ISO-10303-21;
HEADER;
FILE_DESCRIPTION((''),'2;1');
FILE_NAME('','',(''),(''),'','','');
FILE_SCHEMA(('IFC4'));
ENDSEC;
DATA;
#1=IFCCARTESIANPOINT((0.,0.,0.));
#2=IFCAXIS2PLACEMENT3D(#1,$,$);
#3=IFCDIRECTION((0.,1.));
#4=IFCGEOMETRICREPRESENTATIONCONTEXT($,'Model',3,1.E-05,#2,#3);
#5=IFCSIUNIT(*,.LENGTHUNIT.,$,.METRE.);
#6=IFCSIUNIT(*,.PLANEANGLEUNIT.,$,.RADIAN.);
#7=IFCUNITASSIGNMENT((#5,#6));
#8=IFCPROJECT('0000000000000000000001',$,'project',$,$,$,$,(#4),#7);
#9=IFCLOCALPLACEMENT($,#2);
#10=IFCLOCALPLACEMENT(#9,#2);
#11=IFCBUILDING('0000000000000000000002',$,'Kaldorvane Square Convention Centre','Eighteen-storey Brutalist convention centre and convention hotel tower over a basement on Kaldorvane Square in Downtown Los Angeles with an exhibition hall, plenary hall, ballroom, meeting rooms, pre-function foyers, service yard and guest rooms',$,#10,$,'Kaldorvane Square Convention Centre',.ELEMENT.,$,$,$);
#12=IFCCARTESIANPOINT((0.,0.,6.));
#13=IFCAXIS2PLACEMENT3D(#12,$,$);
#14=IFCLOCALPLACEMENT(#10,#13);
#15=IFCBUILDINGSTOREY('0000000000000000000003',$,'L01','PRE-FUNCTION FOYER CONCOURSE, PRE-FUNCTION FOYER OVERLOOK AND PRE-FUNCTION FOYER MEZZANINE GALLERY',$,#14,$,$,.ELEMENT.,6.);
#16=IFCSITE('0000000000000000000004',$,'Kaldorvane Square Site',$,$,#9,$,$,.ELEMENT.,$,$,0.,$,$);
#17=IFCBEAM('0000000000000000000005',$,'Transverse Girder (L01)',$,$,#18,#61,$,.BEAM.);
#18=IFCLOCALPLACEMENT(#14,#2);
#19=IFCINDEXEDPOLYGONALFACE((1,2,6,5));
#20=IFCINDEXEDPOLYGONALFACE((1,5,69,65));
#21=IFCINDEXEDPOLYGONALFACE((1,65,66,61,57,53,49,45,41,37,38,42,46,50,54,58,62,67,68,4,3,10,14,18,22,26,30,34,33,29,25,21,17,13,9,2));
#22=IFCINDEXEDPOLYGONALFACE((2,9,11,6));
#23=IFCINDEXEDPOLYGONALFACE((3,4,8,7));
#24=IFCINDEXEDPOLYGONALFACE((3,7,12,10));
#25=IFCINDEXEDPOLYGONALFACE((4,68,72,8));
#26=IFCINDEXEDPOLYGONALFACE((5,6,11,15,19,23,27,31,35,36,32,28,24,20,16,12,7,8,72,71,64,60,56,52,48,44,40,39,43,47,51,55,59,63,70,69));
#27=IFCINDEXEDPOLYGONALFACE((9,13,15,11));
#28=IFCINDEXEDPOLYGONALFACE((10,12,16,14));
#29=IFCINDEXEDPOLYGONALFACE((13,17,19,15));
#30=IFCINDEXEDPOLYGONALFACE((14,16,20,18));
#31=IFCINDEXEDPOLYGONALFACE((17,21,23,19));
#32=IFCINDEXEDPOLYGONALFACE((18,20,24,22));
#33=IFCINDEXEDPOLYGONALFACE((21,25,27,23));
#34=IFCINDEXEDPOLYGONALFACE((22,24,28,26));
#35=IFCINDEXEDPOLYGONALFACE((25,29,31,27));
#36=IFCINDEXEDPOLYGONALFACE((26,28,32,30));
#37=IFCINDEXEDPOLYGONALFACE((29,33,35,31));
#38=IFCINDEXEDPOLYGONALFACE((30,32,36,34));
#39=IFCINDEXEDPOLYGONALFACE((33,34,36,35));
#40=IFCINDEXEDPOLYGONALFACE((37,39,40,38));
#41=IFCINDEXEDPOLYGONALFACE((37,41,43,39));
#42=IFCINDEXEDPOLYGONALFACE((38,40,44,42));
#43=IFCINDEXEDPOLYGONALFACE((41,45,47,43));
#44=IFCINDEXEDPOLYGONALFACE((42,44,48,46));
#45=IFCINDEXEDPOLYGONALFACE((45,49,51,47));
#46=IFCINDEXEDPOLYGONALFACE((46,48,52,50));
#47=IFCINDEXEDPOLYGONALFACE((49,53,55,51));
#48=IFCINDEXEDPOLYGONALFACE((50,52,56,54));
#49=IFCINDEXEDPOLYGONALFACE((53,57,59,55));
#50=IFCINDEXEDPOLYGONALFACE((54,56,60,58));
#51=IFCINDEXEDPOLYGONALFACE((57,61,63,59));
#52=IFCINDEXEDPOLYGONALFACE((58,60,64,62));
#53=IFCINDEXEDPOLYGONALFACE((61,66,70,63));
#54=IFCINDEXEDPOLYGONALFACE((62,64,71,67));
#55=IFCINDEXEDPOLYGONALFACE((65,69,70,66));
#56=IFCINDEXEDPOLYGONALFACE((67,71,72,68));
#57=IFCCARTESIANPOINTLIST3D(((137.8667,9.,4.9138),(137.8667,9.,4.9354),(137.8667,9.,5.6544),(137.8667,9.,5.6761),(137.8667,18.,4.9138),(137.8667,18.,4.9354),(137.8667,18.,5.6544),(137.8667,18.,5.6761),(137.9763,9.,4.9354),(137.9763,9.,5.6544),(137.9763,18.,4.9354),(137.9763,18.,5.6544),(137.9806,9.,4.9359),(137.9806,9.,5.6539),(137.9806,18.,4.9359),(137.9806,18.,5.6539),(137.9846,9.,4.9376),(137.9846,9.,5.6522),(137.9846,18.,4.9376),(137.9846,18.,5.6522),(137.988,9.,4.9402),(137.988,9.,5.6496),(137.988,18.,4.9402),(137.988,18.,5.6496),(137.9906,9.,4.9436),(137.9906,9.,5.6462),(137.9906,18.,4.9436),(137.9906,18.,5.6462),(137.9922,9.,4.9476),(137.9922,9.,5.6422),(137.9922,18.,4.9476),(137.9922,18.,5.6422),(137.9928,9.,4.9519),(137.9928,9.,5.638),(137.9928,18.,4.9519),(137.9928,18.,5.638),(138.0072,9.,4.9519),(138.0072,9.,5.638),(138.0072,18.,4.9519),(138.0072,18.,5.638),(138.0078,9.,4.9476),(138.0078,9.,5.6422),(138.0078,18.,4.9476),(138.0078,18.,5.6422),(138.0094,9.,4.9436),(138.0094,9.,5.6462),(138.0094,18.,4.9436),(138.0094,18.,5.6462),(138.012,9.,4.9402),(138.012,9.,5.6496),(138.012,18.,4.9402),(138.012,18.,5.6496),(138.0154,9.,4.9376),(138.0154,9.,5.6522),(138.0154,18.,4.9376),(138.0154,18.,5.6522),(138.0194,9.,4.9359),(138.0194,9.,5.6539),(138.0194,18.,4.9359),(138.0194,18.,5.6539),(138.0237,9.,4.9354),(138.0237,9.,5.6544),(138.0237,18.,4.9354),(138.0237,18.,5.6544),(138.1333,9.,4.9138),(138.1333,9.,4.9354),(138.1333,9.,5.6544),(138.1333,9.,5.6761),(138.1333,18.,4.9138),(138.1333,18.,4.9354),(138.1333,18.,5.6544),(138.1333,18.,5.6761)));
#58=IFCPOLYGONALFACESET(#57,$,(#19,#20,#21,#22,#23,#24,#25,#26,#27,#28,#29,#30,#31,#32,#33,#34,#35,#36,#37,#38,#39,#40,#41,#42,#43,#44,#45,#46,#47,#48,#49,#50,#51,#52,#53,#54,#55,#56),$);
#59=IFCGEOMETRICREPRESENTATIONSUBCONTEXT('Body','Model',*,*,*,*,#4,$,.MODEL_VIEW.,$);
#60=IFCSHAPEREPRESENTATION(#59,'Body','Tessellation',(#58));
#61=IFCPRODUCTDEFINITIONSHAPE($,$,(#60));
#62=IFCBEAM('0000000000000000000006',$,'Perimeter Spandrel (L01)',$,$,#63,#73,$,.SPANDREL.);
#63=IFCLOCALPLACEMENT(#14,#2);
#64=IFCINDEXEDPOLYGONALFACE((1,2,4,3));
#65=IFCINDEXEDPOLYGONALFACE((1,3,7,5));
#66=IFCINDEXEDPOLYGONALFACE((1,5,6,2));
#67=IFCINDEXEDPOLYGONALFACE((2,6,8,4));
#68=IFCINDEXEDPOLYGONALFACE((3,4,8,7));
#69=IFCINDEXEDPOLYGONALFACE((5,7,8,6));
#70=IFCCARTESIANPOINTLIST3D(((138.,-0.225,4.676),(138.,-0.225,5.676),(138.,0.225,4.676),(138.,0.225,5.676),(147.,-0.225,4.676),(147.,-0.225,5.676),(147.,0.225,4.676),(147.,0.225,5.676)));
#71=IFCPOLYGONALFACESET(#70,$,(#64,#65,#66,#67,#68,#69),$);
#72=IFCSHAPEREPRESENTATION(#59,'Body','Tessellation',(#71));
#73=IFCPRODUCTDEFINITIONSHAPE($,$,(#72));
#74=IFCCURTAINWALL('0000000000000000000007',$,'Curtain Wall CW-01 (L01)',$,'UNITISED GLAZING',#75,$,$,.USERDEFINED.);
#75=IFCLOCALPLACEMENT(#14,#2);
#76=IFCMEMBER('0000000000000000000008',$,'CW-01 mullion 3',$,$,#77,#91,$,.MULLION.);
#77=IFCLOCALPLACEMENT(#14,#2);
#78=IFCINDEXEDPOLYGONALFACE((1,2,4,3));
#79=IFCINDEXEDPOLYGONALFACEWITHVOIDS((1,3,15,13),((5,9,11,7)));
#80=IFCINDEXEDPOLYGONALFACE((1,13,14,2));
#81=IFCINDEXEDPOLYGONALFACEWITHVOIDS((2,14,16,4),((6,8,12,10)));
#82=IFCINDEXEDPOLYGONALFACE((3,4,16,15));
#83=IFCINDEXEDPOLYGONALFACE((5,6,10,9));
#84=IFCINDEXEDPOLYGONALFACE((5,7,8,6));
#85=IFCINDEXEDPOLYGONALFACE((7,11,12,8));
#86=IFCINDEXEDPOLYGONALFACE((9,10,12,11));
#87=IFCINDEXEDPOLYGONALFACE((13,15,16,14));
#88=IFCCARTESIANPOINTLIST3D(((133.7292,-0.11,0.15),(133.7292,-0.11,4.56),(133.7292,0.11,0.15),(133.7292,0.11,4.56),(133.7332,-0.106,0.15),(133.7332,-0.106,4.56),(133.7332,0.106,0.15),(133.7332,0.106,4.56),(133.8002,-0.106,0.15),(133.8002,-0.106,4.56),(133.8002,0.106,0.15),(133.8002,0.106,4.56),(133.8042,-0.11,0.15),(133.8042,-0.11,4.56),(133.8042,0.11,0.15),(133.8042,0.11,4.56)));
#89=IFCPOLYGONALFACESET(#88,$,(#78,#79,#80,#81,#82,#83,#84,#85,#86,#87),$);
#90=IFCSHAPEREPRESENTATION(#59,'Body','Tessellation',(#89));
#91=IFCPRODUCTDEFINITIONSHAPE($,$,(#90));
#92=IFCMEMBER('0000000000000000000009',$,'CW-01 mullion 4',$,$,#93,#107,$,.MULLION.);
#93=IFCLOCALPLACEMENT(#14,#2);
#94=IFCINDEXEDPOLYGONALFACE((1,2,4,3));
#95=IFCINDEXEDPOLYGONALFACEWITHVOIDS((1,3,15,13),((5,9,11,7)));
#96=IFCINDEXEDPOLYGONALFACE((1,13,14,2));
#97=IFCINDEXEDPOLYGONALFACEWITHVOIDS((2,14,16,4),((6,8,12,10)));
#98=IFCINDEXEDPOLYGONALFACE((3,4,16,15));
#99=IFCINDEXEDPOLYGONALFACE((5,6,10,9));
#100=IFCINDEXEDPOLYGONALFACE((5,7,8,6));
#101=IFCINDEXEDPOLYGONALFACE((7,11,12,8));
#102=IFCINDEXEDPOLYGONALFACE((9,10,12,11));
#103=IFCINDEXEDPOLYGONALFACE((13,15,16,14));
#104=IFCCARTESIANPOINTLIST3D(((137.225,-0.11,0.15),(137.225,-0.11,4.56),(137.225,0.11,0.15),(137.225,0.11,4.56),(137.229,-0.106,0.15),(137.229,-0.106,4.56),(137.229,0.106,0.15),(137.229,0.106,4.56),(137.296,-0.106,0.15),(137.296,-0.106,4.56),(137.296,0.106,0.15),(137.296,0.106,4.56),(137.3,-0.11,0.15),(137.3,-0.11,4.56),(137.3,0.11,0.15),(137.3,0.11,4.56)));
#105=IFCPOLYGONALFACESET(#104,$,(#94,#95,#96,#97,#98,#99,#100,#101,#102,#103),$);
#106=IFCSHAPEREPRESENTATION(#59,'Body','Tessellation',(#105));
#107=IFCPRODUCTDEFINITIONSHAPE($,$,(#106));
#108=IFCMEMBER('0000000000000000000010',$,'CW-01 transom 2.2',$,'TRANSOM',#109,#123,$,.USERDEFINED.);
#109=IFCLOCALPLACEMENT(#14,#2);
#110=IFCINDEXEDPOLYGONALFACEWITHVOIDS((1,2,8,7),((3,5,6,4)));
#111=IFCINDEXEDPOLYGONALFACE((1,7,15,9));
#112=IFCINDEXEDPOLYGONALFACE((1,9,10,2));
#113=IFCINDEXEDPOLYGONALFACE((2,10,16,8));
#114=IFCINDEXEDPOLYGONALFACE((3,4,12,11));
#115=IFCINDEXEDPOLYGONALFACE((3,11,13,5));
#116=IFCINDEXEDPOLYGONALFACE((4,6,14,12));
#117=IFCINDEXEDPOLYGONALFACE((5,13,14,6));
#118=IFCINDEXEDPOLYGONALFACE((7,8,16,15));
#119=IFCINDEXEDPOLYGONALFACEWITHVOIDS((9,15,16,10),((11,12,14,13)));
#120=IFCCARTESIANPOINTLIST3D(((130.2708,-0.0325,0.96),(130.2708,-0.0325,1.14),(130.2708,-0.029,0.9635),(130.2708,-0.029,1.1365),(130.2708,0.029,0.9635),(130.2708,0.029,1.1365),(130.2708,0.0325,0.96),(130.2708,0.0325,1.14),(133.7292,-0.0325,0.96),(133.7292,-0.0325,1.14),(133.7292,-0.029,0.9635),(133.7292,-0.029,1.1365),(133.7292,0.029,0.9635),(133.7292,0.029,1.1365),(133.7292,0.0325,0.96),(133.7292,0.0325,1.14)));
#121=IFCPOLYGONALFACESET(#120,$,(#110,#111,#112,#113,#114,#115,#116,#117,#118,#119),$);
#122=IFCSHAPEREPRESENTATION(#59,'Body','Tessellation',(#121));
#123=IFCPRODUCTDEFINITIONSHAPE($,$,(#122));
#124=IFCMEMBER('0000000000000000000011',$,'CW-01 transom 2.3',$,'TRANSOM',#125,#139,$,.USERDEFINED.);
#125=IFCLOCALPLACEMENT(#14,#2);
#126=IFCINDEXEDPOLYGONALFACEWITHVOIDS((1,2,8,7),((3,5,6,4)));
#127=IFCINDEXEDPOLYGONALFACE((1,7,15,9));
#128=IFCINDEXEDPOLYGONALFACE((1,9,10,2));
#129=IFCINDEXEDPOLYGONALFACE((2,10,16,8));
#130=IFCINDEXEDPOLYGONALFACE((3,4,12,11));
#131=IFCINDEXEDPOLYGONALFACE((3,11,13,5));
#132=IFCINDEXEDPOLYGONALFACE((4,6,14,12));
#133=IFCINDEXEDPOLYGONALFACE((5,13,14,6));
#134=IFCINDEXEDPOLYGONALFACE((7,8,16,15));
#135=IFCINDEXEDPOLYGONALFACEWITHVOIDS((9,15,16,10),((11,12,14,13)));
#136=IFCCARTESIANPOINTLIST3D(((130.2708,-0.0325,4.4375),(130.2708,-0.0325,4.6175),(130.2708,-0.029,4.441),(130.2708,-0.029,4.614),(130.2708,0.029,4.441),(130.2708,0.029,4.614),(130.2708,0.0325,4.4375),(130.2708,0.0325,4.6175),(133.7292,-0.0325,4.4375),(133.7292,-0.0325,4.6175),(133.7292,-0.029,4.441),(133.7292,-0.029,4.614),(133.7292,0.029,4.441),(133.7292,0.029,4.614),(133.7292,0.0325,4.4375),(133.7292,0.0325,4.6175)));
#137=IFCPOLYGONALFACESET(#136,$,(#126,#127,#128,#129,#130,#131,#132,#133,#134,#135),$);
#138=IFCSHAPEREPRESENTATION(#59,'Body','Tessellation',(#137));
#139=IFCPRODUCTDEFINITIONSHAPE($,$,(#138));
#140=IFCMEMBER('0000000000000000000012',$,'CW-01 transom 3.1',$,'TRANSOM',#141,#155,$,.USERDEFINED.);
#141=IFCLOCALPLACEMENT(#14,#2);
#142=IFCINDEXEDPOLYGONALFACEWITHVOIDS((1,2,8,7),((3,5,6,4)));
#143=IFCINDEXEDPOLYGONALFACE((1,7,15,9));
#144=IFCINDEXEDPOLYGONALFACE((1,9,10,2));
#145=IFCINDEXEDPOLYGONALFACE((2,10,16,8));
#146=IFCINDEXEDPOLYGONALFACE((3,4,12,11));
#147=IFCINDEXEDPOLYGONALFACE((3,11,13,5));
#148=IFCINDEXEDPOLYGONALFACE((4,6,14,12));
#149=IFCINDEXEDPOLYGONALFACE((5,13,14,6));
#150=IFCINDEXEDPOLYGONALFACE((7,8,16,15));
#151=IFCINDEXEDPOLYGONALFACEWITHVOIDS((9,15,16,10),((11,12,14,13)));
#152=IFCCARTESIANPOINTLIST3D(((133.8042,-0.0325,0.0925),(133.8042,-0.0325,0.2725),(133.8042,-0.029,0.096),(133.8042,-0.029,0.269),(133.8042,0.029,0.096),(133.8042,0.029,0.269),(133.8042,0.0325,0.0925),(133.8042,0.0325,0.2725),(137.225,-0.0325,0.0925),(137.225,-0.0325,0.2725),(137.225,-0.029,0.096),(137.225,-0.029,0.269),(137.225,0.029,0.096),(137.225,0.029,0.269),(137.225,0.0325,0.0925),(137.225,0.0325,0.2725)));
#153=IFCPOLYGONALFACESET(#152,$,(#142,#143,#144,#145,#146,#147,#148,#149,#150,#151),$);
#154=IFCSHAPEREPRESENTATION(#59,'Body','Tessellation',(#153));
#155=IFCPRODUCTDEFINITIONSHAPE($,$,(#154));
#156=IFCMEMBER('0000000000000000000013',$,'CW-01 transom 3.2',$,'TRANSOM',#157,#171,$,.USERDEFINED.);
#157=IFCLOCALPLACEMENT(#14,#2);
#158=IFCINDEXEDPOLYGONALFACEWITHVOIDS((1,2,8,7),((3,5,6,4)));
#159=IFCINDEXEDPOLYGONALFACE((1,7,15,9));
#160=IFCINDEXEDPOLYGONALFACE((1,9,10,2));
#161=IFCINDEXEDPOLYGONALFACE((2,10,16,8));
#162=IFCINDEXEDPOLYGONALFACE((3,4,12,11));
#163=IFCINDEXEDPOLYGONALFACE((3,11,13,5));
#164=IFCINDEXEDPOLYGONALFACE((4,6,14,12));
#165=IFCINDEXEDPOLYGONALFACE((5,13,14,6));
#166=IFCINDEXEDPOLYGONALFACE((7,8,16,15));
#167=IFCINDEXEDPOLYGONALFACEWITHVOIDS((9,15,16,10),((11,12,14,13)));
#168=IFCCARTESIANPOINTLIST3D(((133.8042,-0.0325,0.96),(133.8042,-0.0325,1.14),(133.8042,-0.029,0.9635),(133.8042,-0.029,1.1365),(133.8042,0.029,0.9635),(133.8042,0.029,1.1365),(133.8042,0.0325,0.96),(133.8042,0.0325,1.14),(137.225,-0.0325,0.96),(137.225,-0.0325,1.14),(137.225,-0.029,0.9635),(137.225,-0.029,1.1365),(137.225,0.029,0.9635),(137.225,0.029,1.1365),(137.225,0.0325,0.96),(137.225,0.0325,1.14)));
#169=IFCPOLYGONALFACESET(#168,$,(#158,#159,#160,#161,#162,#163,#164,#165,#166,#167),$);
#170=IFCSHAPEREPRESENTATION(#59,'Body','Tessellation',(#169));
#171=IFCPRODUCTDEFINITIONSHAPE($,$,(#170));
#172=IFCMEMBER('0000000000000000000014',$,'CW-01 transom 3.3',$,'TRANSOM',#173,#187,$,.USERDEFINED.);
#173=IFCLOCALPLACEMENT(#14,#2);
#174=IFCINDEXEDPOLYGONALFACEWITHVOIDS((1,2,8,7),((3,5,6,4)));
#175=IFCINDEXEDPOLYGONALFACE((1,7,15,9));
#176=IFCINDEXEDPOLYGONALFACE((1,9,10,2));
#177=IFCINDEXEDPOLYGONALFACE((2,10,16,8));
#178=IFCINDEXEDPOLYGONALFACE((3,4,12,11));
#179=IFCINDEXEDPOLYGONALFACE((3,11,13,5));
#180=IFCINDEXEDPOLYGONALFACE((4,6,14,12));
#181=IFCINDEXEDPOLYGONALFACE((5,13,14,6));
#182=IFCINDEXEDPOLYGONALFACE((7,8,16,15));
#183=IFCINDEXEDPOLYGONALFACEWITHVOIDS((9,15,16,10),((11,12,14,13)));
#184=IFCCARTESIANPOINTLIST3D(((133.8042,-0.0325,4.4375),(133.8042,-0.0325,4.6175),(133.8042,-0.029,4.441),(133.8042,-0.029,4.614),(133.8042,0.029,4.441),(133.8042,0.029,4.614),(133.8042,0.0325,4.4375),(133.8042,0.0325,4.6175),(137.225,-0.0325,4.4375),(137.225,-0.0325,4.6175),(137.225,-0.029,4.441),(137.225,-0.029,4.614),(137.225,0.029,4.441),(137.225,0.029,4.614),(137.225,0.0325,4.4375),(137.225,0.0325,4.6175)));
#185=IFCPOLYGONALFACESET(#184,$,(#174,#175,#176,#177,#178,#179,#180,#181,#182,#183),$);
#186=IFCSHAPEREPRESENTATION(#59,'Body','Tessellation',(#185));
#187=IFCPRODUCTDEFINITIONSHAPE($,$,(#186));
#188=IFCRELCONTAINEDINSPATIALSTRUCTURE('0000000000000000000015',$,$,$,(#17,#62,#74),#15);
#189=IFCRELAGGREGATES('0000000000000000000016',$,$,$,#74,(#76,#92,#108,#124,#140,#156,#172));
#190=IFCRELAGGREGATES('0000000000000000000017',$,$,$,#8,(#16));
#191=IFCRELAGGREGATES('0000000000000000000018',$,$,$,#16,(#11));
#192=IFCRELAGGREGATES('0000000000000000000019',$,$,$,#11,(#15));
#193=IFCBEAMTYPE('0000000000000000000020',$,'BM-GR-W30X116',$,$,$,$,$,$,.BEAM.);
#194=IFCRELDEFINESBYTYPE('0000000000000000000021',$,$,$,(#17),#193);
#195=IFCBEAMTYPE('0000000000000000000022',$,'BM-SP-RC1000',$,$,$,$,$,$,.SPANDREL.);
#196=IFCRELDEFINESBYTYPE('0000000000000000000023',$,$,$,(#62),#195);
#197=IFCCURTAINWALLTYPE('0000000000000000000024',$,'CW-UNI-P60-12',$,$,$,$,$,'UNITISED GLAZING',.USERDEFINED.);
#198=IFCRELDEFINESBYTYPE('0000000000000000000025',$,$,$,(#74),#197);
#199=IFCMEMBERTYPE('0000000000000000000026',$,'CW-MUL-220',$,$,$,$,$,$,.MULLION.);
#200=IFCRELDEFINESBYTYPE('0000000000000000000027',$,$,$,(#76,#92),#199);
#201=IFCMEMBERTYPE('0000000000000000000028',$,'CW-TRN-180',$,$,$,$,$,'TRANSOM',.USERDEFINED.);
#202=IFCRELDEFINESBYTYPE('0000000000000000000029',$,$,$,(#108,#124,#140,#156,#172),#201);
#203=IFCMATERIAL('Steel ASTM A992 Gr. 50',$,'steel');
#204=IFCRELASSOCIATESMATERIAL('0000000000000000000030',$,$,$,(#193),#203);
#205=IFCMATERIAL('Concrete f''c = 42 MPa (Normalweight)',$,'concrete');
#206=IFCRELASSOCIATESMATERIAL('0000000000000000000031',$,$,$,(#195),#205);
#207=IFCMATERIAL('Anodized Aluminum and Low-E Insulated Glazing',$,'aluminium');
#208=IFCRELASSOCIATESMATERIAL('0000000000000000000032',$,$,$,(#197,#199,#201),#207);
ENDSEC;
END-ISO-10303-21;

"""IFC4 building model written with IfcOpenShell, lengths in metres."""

from ifc_helpers import new_model, si_unit, direction, frame, origin, origin_2d, place, context, subcontext, project, spatial, rectangle, hollow_rectangle, i_section, extrude, material, material_profile, profile_set, type_object, element, aggregate, save


model = new_model("IFC4")

# Units and contexts
model_context = context("Model", 3, precision=1e-05, world=origin(), true_north=direction((0.0, 1.0)))
body_context = subcontext(model_context, "Body", "Model", "MODEL_VIEW")
ifc_project = project(units=[si_unit("LENGTHUNIT", "METRE"), si_unit("PLANEANGLEUNIT", "RADIAN")], contexts=[model_context])

# Site, building, storey
site_placement = place(None, origin())
site = spatial("IfcSite", under=ifc_project, at=site_placement, Name="Kaldorvane Square Site", CompositionType="ELEMENT", RefElevation=0.0)
building_placement = place(site_placement, origin())
building = spatial("IfcBuilding", under=site, at=building_placement, Name="Kaldorvane Square Convention Centre", Description="Eighteen-storey Brutalist convention centre and convention hotel tower over a basement on Kaldorvane Square in Downtown Los Angeles with an exhibition hall, plenary hall, ballroom, meeting rooms, pre-function foyers, service yard and guest rooms", LongName="Kaldorvane Square Convention Centre", CompositionType="ELEMENT")
storey_placement = place(building_placement, frame((0.0, 0.0, 6.0)))
storey = spatial("IfcBuildingStorey", under=building, at=storey_placement, Name="L01", Description="PRE-FUNCTION FOYER CONCOURSE, PRE-FUNCTION FOYER OVERLOOK AND PRE-FUNCTION FOYER MEZZANINE GALLERY", CompositionType="ELEMENT", Elevation=6.0)

# Shared definitions
ifc_material_1 = material(Name="Steel ASTM A992 Gr. 50", Category="steel")

# Beams
ifc_material_profile_1 = material_profile(ifc_material_1, i_section(OverallWidth=0.2666, OverallDepth=0.7623, WebThickness=0.0144, FlangeThickness=0.0216, FilletRadius=0.0165, at=origin_2d()), Name="W30X116")
ifc_profile_set_1 = profile_set([ifc_material_profile_1], Name="Steel ASTM A992 Gr. 50")
beam_type_1 = type_object("IfcBeamType", Name="BM-GR-W30X116", PredefinedType="BEAM", material=ifc_profile_set_1)
for number, where, z_axis, x_axis, name in (
    (1, (138.0, 9.0, 5.2949), (0.0, 1.0, 0.0), (-1.0, 0.0, 0.0), "Transverse Girder (L01)"),
):
    element("IfcBeam", number, at=place(storey_placement, frame(where, z_axis=z_axis, x_axis=x_axis)), inside=storey, type_object=beam_type_1, Name=name, PredefinedType="BEAM", context=body_context, shape_type="SweptSolid", body=[
        extrude(i_section(OverallWidth=0.2666, OverallDepth=0.7623, WebThickness=0.0144, FlangeThickness=0.0216, FilletRadius=0.0165, at=origin_2d()), origin(), (0.0, 0.0, 1.0), 9.0),
    ])
ifc_material_2 = material(Name="Concrete f'c = 42 MPa (Normalweight)", Category="concrete")
ifc_material_profile_2 = material_profile(ifc_material_2, rectangle(XDim=0.45, YDim=1.0, at=origin_2d()), Name="RCSP1000X450")
ifc_profile_set_2 = profile_set([ifc_material_profile_2], Name="Concrete f'c = 42 MPa (Normalweight)")
beam_type_2 = type_object("IfcBeamType", Name="BM-SP-RC1000", PredefinedType="SPANDREL", material=ifc_profile_set_2)
beam_1_placement = place(storey_placement, frame((138.0, 0.0, 5.176), z_axis=(1.0, 0.0, 0.0), x_axis=(0.0, 1.0, 0.0)))
element("IfcBeam", 2, at=beam_1_placement, inside=storey, type_object=beam_type_2, Name="Perimeter Spandrel (L01)", PredefinedType="SPANDREL", context=body_context, shape_type="SweptSolid", body=[
    extrude(rectangle(XDim=0.45, YDim=1.0, at=origin_2d()), origin(), (0.0, 0.0, 1.0), 9.0),
])

# Curtain wall, members
ifc_material_3 = material(Name="Anodized Aluminum and Low-E Insulated Glazing", Category="aluminium")
curtain_wall_type = type_object("IfcCurtainWallType", Name="CW-UNI-P60-12", ElementType="UNITISED GLAZING", PredefinedType="USERDEFINED", material=ifc_material_3)
curtain_wall_placement = place(storey_placement, origin())
curtain_wall = element("IfcCurtainWall", 3, at=curtain_wall_placement, inside=storey, type_object=curtain_wall_type, Name="Curtain Wall CW-01 (L01)", ObjectType="UNITISED GLAZING", PredefinedType="USERDEFINED")
ifc_material_profile_3 = material_profile(ifc_material_3, hollow_rectangle(XDim=0.075, YDim=0.22, WallThickness=0.004, at=origin_2d()), Name="CWM-220X75")
ifc_profile_set_3 = profile_set([ifc_material_profile_3], Name="Anodized Aluminum and Low-E Insulated Glazing")
member_type_1 = type_object("IfcMemberType", Name="CW-MUL-220", PredefinedType="MULLION", material=ifc_profile_set_3)
member_1_placement = place(storey_placement, frame((133.7667, 0.0, 0.15), z_axis=(0.0, 0.0, 1.0), x_axis=(1.0, 0.0, 0.0)))
member_1 = element("IfcMember", 4, at=member_1_placement, type_object=member_type_1, Name="CW-01 mullion 3", PredefinedType="MULLION", context=body_context, shape_type="SweptSolid", body=[
    extrude(hollow_rectangle(XDim=0.075, YDim=0.22, WallThickness=0.004, at=origin_2d()), origin(), (0.0, 0.0, 1.0), 4.41),
])
member_2_placement = place(storey_placement, frame((137.2625, 0.0, 0.15), z_axis=(0.0, 0.0, 1.0), x_axis=(1.0, 0.0, 0.0)))
member_2 = element("IfcMember", 5, at=member_2_placement, type_object=member_type_1, Name="CW-01 mullion 4", PredefinedType="MULLION", context=body_context, shape_type="SweptSolid", body=[
    extrude(hollow_rectangle(XDim=0.075, YDim=0.22, WallThickness=0.004, at=origin_2d()), origin(), (0.0, 0.0, 1.0), 4.41),
])
ifc_material_profile_4 = material_profile(ifc_material_3, hollow_rectangle(XDim=0.065, YDim=0.18, WallThickness=0.0035, at=origin_2d()), Name="CWT-180X65")
ifc_profile_set_4 = profile_set([ifc_material_profile_4], Name="Anodized Aluminum and Low-E Insulated Glazing")
member_type_2 = type_object("IfcMemberType", Name="CW-TRN-180", ElementType="TRANSOM", PredefinedType="USERDEFINED", material=ifc_profile_set_4)
member_3_placement = place(storey_placement, frame((130.2708, 0.0, 1.05), z_axis=(1.0, 0.0, 0.0), x_axis=(0.0, 1.0, 0.0)))
member_3 = element("IfcMember", 6, at=member_3_placement, type_object=member_type_2, Name="CW-01 transom 2.2", ObjectType="TRANSOM", PredefinedType="USERDEFINED", context=body_context, shape_type="SweptSolid", body=[
    extrude(hollow_rectangle(XDim=0.065, YDim=0.18, WallThickness=0.0035, at=origin_2d()), origin(), (0.0, 0.0, 1.0), 3.4583),
])
member_4_placement = place(storey_placement, frame((130.2708, 0.0, 4.5275), z_axis=(1.0, 0.0, 0.0), x_axis=(0.0, 1.0, 0.0)))
member_4 = element("IfcMember", 7, at=member_4_placement, type_object=member_type_2, Name="CW-01 transom 2.3", ObjectType="TRANSOM", PredefinedType="USERDEFINED", context=body_context, shape_type="SweptSolid", body=[
    extrude(hollow_rectangle(XDim=0.065, YDim=0.18, WallThickness=0.0035, at=origin_2d()), origin(), (0.0, 0.0, 1.0), 3.4583),
])
member_5_placement = place(storey_placement, frame((133.8042, 0.0, 0.1825), z_axis=(1.0, 0.0, 0.0), x_axis=(0.0, 1.0, 0.0)))
member_5 = element("IfcMember", 8, at=member_5_placement, type_object=member_type_2, Name="CW-01 transom 3.1", ObjectType="TRANSOM", PredefinedType="USERDEFINED", context=body_context, shape_type="SweptSolid", body=[
    extrude(hollow_rectangle(XDim=0.065, YDim=0.18, WallThickness=0.0035, at=origin_2d()), origin(), (0.0, 0.0, 1.0), 3.4208),
])
member_6_placement = place(storey_placement, frame((133.8042, 0.0, 1.05), z_axis=(1.0, 0.0, 0.0), x_axis=(0.0, 1.0, 0.0)))
member_6 = element("IfcMember", 9, at=member_6_placement, type_object=member_type_2, Name="CW-01 transom 3.2", ObjectType="TRANSOM", PredefinedType="USERDEFINED", context=body_context, shape_type="SweptSolid", body=[
    extrude(hollow_rectangle(XDim=0.065, YDim=0.18, WallThickness=0.0035, at=origin_2d()), origin(), (0.0, 0.0, 1.0), 3.4208),
])
member_7_placement = place(storey_placement, frame((133.8042, 0.0, 4.5275), z_axis=(1.0, 0.0, 0.0), x_axis=(0.0, 1.0, 0.0)))
member_7 = element("IfcMember", 10, at=member_7_placement, type_object=member_type_2, Name="CW-01 transom 3.3", ObjectType="TRANSOM", PredefinedType="USERDEFINED", context=body_context, shape_type="SweptSolid", body=[
    extrude(hollow_rectangle(XDim=0.065, YDim=0.18, WallThickness=0.0035, at=origin_2d()), origin(), (0.0, 0.0, 1.0), 3.4208),
])
aggregate(curtain_wall, [member_1, member_2, member_3, member_4, member_5, member_6, member_7])

save(model, "model.ifc")
